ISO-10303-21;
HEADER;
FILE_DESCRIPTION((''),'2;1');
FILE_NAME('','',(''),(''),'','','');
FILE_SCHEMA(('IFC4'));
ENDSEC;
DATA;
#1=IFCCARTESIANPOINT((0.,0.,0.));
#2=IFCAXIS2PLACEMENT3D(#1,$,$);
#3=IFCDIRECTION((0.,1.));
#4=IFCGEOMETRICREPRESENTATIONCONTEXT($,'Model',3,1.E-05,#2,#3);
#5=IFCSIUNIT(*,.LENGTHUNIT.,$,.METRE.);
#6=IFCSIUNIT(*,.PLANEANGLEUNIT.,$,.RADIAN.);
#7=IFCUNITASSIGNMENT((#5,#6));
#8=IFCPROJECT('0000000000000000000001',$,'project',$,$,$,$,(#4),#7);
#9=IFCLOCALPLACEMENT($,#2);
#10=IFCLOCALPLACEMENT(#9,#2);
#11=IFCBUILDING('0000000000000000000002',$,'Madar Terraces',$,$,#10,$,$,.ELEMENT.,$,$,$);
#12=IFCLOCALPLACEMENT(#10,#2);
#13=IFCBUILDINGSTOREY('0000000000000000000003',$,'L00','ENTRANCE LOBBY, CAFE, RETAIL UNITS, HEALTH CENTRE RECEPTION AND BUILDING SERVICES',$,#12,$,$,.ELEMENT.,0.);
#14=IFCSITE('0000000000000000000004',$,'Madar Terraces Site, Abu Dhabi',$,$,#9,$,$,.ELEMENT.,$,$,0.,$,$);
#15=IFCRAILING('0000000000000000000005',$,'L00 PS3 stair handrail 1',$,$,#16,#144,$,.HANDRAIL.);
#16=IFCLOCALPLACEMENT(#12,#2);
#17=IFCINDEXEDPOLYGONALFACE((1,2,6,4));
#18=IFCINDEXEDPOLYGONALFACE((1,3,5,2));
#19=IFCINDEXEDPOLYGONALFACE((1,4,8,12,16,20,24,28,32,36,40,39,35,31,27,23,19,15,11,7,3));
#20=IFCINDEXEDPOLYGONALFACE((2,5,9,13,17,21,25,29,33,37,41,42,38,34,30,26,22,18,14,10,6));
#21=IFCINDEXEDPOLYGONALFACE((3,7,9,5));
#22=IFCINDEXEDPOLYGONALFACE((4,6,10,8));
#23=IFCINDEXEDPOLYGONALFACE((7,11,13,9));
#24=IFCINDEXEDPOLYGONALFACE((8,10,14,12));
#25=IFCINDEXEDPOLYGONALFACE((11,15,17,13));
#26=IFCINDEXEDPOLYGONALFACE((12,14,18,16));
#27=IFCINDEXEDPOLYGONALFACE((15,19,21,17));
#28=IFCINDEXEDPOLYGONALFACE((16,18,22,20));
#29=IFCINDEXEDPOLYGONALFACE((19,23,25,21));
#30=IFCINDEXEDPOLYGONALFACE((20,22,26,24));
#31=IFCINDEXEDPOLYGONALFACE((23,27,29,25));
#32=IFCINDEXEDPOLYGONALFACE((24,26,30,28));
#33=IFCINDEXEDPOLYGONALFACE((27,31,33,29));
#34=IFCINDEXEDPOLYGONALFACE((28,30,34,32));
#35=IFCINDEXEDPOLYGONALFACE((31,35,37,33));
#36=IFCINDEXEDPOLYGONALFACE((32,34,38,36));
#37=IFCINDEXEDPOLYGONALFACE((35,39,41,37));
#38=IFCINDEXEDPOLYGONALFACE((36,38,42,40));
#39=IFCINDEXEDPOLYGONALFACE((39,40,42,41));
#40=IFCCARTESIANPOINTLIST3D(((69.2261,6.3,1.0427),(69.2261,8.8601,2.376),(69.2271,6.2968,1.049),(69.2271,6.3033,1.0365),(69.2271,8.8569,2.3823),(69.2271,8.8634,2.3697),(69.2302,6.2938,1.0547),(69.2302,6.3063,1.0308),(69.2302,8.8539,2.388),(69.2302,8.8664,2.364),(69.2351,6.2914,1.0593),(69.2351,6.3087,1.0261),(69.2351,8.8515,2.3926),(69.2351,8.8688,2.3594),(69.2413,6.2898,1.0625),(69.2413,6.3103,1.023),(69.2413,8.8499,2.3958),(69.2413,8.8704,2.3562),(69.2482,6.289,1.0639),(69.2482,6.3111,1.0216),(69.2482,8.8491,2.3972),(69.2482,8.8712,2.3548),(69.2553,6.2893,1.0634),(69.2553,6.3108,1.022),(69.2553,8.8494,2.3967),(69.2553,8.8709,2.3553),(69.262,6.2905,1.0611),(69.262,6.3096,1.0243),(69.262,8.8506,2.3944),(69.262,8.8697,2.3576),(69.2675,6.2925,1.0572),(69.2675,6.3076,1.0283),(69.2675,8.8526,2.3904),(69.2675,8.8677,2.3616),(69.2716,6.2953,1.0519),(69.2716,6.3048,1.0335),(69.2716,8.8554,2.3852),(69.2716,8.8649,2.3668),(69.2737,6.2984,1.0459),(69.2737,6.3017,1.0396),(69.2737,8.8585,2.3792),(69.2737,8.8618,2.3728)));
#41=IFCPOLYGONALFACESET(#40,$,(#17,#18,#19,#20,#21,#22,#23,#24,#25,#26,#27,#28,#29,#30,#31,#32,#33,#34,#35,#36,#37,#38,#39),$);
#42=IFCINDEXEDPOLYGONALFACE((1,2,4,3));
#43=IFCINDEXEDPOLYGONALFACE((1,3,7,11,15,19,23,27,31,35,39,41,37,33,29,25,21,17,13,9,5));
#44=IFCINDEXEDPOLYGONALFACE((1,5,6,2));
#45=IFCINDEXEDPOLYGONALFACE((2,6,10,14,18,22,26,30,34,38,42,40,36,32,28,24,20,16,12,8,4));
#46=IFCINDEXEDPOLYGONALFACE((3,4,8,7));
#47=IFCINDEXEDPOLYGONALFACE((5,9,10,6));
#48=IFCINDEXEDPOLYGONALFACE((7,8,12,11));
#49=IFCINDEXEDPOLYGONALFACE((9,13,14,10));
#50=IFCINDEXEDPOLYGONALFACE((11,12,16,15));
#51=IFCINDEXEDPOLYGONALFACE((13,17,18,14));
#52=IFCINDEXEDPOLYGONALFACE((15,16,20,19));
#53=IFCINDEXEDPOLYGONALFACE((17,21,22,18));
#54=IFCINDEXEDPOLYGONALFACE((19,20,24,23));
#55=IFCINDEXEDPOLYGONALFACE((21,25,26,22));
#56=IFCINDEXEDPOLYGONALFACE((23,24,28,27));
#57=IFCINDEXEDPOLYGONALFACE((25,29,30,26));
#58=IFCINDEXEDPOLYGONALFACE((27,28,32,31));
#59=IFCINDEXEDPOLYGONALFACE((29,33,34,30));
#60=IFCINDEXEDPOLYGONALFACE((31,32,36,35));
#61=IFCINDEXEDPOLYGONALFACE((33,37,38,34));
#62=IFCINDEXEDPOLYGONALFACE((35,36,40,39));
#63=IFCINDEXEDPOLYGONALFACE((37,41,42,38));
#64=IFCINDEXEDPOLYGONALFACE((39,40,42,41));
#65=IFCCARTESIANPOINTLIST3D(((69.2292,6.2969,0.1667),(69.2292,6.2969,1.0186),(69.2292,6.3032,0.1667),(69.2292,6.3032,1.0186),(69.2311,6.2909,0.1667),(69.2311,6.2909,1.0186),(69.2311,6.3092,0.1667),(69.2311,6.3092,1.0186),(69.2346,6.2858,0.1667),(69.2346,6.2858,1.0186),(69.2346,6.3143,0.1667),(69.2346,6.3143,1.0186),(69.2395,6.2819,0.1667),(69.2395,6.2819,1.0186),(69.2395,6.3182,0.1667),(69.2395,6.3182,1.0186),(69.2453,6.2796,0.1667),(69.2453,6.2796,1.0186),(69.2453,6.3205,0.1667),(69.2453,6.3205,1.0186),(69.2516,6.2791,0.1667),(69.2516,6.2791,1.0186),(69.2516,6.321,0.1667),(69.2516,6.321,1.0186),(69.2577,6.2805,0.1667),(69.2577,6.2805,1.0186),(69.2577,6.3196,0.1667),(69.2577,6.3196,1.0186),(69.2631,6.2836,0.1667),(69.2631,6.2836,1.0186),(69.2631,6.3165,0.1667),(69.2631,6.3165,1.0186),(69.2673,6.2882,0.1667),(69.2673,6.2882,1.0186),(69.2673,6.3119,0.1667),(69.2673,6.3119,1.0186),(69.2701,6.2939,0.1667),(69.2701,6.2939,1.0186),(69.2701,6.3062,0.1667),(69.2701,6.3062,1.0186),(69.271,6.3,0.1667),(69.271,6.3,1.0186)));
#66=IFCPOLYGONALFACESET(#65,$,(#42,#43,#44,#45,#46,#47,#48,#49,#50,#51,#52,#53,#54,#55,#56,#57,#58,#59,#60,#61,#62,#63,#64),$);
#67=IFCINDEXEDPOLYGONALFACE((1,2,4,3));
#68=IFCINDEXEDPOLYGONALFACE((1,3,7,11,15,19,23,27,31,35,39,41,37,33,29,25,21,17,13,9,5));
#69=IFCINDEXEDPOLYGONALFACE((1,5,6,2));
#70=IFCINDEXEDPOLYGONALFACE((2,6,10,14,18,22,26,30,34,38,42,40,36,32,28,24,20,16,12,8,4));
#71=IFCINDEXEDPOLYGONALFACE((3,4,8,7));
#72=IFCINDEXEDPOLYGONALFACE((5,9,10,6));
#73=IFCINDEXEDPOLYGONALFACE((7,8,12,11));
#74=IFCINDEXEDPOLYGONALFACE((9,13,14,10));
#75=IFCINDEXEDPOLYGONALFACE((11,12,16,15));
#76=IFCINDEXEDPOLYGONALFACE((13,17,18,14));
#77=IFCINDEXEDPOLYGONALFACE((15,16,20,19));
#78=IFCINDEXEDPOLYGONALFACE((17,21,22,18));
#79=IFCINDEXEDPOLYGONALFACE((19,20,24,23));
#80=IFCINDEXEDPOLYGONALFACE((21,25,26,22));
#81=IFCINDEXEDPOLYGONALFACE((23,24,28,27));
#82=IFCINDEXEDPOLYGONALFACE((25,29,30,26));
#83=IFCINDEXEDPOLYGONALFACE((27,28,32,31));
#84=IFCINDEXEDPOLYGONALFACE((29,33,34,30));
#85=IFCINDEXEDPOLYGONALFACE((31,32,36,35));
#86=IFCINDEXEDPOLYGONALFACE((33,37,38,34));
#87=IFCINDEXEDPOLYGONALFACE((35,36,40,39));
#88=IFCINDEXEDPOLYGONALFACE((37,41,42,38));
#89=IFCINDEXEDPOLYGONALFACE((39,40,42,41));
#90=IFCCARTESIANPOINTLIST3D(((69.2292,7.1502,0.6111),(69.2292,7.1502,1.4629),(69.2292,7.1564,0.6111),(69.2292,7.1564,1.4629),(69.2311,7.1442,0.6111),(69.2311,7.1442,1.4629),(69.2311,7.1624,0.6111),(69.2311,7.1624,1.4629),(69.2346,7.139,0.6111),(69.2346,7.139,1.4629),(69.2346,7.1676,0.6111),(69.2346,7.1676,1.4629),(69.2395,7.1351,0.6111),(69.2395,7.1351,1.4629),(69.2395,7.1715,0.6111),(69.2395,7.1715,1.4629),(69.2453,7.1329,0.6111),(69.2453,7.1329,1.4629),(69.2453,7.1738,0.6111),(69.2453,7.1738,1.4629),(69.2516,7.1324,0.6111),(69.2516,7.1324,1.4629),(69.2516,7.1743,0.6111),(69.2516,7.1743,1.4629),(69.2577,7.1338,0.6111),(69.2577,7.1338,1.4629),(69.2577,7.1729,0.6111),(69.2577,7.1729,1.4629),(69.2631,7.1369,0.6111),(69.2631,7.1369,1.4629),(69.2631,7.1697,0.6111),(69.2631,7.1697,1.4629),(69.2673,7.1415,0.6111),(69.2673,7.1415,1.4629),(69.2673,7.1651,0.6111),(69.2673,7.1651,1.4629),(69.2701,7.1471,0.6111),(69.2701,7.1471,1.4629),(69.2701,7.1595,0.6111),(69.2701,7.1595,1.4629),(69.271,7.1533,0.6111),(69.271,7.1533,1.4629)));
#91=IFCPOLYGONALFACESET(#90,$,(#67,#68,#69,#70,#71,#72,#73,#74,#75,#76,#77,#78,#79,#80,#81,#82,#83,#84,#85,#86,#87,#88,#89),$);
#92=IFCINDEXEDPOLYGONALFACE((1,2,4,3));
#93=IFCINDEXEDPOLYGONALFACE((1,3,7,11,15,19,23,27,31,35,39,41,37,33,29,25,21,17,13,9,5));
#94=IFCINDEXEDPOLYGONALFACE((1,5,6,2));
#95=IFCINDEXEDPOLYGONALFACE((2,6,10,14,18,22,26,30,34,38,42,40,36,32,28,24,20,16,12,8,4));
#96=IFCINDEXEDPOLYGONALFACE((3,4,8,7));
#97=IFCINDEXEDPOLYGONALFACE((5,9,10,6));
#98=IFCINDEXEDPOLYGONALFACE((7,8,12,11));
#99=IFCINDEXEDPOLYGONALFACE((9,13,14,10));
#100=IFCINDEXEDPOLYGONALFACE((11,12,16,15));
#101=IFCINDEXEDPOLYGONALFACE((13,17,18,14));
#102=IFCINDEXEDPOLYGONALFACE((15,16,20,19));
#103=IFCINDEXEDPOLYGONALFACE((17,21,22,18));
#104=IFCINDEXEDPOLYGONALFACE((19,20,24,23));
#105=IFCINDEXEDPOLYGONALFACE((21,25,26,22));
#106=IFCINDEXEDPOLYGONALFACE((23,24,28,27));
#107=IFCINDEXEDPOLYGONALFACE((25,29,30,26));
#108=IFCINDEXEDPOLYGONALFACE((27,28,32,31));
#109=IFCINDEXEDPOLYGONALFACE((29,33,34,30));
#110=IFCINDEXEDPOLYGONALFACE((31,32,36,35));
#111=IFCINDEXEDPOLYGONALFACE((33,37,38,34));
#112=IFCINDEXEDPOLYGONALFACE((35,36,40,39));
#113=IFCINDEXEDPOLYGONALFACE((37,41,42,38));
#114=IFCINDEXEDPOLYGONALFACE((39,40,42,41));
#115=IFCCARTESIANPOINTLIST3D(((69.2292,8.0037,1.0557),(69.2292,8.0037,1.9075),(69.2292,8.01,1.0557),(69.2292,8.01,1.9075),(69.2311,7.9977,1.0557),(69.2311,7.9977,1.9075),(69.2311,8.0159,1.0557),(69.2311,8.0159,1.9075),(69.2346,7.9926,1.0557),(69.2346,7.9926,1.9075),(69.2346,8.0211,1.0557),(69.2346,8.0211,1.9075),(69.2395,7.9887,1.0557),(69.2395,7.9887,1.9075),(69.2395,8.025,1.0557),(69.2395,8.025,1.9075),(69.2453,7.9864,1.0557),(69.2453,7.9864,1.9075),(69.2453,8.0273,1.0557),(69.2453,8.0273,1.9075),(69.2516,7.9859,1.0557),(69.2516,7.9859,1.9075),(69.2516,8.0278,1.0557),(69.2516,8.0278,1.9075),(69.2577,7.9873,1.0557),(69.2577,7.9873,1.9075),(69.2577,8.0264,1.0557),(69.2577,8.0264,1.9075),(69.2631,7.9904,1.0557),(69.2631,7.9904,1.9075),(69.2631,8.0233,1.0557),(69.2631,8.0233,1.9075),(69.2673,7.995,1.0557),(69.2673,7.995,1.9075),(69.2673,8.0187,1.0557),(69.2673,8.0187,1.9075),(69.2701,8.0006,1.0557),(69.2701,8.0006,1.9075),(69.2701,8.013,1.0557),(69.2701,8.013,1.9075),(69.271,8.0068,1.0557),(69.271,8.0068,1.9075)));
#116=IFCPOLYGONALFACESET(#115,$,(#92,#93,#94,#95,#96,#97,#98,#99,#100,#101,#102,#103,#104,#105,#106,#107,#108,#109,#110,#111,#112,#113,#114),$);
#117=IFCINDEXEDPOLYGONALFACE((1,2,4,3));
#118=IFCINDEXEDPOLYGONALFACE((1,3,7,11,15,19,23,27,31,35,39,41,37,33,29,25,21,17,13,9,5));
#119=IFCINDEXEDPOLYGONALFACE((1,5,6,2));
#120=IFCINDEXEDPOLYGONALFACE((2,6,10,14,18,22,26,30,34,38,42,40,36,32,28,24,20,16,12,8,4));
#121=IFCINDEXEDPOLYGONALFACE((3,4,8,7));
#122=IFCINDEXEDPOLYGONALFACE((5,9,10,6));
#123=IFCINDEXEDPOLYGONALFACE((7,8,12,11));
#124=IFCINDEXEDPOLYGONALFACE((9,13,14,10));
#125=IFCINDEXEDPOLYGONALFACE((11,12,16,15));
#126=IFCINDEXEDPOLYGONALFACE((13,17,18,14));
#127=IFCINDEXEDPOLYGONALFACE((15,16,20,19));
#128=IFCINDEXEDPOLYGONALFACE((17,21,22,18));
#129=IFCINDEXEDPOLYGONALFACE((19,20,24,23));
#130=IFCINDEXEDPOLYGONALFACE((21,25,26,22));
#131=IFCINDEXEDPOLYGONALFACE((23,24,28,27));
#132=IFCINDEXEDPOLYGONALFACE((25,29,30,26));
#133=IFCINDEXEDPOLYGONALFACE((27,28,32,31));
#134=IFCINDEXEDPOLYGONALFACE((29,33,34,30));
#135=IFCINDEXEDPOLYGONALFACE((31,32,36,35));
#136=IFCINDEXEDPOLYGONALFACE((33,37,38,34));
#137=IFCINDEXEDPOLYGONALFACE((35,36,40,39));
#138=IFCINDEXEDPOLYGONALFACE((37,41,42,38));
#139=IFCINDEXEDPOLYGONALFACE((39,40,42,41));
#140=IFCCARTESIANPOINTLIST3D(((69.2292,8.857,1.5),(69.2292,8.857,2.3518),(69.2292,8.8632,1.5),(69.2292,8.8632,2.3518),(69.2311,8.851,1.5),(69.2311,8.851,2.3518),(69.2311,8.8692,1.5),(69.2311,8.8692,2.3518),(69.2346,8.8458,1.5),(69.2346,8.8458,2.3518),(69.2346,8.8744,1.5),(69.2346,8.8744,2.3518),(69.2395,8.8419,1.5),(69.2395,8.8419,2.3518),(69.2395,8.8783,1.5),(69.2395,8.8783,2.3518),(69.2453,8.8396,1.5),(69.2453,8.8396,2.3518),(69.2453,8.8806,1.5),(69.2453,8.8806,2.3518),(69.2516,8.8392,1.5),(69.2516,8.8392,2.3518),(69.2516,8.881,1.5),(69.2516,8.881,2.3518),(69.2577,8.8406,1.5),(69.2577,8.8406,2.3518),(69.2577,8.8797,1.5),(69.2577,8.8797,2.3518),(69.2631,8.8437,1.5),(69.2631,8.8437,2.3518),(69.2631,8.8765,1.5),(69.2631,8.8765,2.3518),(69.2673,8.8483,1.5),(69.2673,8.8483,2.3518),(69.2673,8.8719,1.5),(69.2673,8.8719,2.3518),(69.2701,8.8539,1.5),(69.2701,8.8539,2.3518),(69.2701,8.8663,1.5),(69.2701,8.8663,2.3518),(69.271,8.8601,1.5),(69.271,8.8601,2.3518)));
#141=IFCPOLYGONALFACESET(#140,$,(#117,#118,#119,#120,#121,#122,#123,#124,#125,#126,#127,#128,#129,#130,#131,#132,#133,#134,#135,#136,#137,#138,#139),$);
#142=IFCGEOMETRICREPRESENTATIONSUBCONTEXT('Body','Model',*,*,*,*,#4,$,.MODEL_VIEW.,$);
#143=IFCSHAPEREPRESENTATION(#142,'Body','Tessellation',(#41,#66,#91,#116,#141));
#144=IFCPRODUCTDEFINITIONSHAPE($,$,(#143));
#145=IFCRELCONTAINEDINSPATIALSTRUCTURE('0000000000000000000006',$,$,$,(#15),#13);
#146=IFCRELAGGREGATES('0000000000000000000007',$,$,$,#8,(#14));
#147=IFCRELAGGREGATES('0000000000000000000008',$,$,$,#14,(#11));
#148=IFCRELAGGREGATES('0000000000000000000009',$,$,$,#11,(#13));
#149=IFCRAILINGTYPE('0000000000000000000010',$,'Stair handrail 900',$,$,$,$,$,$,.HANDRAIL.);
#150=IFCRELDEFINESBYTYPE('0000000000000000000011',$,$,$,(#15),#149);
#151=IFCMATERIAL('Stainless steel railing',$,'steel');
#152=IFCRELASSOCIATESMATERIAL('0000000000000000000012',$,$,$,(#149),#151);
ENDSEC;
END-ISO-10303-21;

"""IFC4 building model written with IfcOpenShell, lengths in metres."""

from ifc_helpers import new_model, si_unit, direction, frame, origin, origin_2d, place, context, subcontext, project, spatial, circle, extrude, material, type_object, element, save


model = new_model("IFC4")

# Units and contexts
model_context = context("Model", 3, precision=1e-05, world=origin(), true_north=direction((0.0, 1.0)))
body_context = subcontext(model_context, "Body", "Model", "MODEL_VIEW")
ifc_project = project(units=[si_unit("LENGTHUNIT", "METRE"), si_unit("PLANEANGLEUNIT", "RADIAN")], contexts=[model_context])

# Site, building, storey
site_placement = place(None, origin())
site = spatial("IfcSite", under=ifc_project, at=site_placement, Name="Madar Terraces Site, Abu Dhabi", CompositionType="ELEMENT", RefElevation=0.0)
building_placement = place(site_placement, origin())
building = spatial("IfcBuilding", under=site, at=building_placement, Name="Madar Terraces", CompositionType="ELEMENT")
storey_placement = place(building_placement, origin())
storey = spatial("IfcBuildingStorey", under=building, at=storey_placement, Name="L00", Description="ENTRANCE LOBBY, CAFE, RETAIL UNITS, HEALTH CENTRE RECEPTION AND BUILDING SERVICES", CompositionType="ELEMENT", Elevation=0.0)

# Railing
ifc_material_1 = material(Name="Stainless steel railing", Category="steel")
railing_type_1 = type_object("IfcRailingType", Name="Stair handrail 900", PredefinedType="HANDRAIL", material=ifc_material_1)
railing_1_placement = place(storey_placement, frame((69.25, 6.3, 0.1667)))
element("IfcRailing", 1, at=railing_1_placement, inside=storey, type_object=railing_type_1, Name="L00 PS3 stair handrail 1", PredefinedType="HANDRAIL", context=body_context, shape_type="SweptSolid", body=[
    extrude(circle(Radius=0.0239, at=origin_2d()), frame((0.0, 0.0, 0.876), z_axis=(0.0, 0.88693, 0.461904), x_axis=(-1.0, 0.0, 0.0)), (0.0, 0.0, 1.0), 2.8865),
    extrude(circle(Radius=0.021, at=origin_2d()), origin(), (0.0, 0.0, 1.0), 0.8518),
    extrude(circle(Radius=0.021, at=origin_2d()), frame((0.0, 0.8533, 0.4443)), (0.0, 0.0, 1.0), 0.8518),
    extrude(circle(Radius=0.021, at=origin_2d()), frame((0.0, 1.7068, 0.8889)), (0.0, 0.0, 1.0), 0.8518),
    extrude(circle(Radius=0.021, at=origin_2d()), frame((0.0, 2.5601, 1.3333)), (0.0, 0.0, 1.0), 0.8518),
])

save(model, "model.ifc")
